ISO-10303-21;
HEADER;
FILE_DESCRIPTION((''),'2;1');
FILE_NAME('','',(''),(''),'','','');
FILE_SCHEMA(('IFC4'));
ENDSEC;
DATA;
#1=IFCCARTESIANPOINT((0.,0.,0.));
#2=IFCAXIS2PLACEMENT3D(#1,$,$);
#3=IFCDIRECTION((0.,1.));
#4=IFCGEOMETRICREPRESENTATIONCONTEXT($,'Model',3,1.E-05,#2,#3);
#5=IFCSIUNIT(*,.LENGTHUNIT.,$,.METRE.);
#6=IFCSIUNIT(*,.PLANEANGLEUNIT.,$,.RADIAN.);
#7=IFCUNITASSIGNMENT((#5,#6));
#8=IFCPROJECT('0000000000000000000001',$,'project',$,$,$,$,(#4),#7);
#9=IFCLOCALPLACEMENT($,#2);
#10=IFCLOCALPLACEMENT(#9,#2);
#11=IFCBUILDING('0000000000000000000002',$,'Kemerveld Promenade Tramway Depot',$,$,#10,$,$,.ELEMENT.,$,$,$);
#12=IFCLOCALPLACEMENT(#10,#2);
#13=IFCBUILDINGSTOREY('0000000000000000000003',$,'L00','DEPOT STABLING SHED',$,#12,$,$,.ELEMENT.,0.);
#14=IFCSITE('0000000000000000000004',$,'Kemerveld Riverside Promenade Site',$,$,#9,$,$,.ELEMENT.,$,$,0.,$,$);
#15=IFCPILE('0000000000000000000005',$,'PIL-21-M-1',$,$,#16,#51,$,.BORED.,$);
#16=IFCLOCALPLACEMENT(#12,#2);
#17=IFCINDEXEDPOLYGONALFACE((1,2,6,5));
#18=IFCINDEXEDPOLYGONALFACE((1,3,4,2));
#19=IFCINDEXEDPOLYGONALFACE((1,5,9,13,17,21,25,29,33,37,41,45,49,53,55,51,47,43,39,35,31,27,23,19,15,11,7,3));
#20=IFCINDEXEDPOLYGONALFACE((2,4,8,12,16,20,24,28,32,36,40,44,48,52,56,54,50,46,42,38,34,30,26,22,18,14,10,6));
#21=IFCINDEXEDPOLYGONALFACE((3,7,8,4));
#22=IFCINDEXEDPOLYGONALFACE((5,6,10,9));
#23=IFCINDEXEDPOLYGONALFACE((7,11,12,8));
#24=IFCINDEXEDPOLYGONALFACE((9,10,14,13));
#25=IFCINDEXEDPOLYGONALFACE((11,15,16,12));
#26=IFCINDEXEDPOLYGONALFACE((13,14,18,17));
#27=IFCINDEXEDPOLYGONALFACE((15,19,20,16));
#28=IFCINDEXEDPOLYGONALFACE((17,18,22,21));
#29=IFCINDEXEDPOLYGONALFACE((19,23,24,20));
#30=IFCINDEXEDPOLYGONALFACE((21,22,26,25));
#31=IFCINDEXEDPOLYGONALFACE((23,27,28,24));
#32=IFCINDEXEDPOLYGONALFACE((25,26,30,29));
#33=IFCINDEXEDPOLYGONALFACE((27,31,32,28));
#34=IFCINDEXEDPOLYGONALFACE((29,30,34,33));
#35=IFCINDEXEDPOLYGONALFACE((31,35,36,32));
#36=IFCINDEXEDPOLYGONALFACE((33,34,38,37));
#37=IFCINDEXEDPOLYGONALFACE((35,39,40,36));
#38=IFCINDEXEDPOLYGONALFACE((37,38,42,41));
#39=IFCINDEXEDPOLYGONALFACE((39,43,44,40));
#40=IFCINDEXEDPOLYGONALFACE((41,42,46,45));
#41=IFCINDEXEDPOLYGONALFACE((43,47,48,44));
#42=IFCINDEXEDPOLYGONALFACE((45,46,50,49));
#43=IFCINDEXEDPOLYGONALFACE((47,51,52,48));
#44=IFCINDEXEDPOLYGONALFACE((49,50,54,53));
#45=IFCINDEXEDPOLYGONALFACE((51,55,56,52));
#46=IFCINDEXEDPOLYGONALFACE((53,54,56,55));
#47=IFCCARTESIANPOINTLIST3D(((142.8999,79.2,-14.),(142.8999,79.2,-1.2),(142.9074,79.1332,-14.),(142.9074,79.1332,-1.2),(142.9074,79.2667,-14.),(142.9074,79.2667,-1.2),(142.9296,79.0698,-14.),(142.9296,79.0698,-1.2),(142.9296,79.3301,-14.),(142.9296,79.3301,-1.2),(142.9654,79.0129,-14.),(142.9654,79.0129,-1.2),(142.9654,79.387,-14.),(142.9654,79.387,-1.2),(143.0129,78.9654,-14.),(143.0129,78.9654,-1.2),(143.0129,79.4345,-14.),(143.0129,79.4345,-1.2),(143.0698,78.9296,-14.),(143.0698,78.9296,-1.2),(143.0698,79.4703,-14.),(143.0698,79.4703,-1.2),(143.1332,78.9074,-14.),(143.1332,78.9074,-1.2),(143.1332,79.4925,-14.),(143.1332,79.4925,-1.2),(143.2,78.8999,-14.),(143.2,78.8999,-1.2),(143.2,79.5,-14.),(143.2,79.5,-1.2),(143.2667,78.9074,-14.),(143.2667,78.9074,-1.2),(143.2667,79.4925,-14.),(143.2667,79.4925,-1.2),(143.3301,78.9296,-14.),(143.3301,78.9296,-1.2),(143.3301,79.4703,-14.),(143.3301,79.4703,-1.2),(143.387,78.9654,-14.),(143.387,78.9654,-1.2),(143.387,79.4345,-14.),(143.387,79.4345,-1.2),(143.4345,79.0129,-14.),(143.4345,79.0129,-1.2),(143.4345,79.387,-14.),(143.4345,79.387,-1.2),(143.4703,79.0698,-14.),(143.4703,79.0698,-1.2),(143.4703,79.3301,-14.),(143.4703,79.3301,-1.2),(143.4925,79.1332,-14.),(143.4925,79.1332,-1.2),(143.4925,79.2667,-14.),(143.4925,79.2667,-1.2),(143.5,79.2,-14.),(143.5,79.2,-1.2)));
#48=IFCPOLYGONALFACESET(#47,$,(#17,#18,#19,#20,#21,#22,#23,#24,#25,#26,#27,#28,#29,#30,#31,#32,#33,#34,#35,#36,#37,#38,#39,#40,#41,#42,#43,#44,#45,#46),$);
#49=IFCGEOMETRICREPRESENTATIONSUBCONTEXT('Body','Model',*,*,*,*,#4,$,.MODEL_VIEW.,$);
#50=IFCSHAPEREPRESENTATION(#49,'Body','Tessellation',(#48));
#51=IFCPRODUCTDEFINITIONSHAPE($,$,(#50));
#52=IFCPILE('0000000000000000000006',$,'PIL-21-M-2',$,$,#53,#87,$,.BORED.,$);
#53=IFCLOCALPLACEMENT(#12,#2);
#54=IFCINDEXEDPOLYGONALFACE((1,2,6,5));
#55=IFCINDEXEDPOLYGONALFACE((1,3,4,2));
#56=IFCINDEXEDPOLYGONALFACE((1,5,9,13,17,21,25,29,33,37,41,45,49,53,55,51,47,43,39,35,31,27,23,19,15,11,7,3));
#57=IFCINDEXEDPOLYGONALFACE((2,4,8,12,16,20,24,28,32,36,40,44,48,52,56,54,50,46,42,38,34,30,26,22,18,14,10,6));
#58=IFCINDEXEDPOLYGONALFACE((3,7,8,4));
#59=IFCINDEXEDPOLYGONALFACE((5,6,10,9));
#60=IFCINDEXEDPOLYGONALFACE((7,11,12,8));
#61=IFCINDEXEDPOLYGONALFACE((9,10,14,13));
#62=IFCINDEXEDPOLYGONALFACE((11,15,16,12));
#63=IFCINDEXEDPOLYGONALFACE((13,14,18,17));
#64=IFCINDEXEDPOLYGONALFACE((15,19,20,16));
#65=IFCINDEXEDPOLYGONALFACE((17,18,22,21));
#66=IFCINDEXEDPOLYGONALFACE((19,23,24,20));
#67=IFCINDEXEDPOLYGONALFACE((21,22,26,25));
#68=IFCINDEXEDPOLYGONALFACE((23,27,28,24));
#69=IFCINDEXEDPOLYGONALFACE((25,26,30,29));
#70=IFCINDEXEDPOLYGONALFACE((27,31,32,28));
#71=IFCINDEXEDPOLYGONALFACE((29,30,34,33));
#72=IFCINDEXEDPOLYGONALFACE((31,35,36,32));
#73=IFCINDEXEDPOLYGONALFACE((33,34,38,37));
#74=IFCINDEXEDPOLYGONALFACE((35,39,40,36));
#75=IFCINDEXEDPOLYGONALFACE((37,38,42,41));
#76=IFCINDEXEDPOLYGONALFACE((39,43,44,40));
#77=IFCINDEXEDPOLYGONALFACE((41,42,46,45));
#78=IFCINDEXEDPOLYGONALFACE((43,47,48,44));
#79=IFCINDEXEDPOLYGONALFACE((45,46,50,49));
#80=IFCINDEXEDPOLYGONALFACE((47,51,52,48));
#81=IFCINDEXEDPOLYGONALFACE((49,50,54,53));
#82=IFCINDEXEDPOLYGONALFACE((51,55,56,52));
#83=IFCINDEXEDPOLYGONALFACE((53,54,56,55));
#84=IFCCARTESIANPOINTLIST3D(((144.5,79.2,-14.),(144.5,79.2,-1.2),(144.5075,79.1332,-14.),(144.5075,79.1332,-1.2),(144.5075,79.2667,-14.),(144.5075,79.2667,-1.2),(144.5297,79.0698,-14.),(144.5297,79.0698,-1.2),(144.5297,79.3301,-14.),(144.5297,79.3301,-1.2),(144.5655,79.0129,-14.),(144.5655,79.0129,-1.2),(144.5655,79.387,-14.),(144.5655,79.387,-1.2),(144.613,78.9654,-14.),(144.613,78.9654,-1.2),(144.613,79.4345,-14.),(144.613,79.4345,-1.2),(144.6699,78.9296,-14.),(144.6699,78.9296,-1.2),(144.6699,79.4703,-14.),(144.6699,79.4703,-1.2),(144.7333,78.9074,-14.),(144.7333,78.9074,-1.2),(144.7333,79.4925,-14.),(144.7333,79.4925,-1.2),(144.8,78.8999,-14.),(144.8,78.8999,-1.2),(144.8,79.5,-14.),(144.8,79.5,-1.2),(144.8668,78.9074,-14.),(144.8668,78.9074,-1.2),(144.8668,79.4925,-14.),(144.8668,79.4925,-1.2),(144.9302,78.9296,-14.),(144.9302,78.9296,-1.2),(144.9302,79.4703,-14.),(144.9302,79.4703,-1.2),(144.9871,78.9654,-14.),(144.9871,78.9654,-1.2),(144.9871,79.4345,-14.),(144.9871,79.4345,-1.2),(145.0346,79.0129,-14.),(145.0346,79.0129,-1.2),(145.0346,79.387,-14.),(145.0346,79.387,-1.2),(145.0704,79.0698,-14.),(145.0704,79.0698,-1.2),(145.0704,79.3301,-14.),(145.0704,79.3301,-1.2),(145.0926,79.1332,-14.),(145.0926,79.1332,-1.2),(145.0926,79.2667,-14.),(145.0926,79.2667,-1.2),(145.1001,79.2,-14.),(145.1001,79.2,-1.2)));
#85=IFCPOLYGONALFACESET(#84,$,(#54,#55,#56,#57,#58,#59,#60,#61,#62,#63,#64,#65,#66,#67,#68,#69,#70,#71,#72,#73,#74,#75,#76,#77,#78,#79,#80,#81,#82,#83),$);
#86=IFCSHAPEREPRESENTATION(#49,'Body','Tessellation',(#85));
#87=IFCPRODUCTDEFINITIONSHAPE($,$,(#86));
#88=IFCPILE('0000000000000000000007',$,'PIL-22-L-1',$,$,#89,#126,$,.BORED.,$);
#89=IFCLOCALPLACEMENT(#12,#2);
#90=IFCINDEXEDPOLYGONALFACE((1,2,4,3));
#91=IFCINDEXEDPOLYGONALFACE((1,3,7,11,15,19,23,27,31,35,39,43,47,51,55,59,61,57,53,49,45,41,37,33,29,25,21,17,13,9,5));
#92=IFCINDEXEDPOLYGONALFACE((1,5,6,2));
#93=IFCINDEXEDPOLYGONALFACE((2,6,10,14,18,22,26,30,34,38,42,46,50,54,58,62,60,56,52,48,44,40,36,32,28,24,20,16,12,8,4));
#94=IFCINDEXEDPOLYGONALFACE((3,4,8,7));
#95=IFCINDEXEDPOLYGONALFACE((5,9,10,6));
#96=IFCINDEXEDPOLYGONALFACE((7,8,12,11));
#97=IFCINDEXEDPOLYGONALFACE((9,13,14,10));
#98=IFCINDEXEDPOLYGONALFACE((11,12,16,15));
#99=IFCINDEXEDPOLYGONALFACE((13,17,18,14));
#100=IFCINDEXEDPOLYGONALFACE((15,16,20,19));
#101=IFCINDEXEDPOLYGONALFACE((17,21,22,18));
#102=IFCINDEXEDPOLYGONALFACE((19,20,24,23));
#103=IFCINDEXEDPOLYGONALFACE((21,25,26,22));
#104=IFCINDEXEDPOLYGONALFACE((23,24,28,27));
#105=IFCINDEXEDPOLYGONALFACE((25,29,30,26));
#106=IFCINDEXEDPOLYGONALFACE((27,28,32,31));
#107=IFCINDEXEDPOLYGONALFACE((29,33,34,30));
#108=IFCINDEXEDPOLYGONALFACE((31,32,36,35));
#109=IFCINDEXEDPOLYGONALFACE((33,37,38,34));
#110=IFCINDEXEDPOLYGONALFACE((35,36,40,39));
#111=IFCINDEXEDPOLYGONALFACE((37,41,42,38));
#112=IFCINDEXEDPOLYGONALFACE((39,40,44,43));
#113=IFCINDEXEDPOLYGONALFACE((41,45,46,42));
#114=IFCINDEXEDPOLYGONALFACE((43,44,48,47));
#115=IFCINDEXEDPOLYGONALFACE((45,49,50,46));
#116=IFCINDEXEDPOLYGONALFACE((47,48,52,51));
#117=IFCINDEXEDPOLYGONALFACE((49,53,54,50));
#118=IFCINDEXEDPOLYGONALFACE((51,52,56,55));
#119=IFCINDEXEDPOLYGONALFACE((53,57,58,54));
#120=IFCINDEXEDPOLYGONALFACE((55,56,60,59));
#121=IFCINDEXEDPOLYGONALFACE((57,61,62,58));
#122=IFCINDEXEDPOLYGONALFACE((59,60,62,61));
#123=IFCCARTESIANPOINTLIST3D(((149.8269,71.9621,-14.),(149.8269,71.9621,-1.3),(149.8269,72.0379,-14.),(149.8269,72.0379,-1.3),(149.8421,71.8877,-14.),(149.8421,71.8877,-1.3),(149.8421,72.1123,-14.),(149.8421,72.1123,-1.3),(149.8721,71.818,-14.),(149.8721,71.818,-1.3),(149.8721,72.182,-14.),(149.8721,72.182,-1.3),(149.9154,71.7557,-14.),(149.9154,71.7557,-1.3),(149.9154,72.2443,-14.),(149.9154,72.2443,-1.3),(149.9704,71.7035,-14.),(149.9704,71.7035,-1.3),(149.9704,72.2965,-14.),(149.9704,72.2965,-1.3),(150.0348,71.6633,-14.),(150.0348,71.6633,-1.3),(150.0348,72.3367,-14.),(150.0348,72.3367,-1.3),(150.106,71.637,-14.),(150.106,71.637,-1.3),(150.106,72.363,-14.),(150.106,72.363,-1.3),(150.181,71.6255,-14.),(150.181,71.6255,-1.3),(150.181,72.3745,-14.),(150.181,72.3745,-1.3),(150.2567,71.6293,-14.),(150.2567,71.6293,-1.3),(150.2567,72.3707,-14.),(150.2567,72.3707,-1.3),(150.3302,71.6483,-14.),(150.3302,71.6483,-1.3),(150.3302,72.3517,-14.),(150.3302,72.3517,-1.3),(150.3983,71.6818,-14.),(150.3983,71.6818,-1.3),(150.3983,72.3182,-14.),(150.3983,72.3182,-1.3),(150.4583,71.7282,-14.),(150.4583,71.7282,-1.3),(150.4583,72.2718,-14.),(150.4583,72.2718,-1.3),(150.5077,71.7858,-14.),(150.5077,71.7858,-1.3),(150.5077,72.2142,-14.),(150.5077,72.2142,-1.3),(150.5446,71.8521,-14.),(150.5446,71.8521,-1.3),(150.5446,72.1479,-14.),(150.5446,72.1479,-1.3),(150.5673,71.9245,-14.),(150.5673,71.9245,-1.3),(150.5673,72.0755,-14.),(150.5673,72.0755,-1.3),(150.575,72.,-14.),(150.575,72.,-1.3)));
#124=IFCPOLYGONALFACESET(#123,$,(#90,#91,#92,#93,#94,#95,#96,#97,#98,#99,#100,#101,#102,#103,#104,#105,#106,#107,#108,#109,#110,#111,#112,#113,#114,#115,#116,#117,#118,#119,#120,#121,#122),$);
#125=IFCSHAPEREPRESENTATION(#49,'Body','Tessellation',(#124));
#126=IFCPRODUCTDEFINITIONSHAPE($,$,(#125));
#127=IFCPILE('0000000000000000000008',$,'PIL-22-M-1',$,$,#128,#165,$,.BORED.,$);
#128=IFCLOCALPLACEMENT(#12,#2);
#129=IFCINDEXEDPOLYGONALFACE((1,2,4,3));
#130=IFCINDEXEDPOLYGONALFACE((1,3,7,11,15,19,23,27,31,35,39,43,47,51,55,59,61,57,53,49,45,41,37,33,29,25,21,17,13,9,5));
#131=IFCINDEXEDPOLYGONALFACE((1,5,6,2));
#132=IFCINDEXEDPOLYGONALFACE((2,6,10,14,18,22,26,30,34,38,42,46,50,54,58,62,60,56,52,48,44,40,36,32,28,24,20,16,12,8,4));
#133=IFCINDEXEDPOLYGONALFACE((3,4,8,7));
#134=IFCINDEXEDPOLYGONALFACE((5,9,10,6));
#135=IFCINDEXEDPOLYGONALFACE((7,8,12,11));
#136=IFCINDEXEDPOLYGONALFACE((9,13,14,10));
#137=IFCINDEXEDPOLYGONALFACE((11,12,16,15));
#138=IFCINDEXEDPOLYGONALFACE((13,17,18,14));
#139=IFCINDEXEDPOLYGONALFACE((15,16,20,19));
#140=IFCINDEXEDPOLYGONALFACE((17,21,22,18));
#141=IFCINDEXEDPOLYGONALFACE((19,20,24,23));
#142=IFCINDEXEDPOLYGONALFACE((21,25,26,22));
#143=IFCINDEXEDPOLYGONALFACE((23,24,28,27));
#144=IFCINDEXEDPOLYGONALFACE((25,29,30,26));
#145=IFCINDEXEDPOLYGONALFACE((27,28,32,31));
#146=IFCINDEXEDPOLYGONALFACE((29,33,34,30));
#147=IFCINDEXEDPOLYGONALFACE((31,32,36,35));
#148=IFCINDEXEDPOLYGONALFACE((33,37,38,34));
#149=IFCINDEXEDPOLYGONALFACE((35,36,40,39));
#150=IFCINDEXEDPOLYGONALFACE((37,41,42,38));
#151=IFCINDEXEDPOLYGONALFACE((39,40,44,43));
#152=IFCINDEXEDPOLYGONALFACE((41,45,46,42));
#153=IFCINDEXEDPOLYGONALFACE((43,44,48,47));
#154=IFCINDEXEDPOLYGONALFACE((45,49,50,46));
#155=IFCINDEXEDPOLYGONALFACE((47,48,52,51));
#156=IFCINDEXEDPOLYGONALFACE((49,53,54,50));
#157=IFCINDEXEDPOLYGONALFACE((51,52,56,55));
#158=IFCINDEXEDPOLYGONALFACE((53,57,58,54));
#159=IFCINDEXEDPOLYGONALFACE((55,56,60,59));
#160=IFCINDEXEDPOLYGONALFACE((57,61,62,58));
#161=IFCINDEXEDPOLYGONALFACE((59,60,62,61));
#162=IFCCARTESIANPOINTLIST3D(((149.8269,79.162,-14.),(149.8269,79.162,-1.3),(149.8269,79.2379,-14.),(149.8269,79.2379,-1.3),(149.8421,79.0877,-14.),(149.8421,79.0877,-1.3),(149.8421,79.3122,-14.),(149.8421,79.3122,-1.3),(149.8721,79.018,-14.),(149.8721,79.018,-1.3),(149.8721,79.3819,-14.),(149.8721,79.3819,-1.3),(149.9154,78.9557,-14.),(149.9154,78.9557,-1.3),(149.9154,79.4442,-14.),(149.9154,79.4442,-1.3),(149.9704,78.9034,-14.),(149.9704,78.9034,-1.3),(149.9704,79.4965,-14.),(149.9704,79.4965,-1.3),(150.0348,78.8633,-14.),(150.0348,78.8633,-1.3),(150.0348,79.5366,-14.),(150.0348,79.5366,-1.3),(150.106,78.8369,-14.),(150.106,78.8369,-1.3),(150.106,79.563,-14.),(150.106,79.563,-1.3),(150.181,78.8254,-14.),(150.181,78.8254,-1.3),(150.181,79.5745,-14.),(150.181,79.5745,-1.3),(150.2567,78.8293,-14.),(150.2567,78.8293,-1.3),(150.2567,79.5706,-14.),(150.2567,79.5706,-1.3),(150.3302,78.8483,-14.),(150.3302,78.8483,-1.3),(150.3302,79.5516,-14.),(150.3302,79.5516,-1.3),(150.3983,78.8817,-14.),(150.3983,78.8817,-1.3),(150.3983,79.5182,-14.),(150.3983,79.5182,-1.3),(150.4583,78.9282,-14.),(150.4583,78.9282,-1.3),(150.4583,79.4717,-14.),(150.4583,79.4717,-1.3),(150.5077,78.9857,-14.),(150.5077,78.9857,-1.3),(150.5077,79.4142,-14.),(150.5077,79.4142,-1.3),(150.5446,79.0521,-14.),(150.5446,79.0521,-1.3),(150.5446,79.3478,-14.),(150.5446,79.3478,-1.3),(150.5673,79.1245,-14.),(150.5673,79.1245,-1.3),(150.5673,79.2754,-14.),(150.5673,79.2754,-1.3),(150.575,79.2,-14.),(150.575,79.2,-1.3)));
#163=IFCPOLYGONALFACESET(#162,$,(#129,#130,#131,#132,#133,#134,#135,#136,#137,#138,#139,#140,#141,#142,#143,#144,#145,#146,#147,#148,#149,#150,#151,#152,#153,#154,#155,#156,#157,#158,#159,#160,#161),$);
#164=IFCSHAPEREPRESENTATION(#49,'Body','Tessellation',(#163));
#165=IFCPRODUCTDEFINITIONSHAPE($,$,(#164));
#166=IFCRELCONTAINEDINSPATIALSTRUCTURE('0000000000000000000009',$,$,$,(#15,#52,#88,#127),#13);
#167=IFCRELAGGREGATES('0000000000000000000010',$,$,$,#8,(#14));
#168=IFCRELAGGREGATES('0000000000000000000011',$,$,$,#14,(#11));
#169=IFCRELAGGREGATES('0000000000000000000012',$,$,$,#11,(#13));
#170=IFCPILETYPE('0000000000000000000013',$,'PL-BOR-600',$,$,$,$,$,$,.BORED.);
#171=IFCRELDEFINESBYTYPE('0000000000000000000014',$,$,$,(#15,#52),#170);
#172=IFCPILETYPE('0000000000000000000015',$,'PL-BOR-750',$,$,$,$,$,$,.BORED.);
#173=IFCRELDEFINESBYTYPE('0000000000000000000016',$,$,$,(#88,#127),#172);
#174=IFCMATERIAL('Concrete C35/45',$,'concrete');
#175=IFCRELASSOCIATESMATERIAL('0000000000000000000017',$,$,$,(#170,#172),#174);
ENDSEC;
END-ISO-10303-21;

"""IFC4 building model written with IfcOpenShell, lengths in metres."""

from ifc_helpers import new_model, si_unit, direction, frame, origin, origin_2d, place, context, subcontext, project, spatial, circle, extrude, material, material_profile, profile_set, type_object, element, save


model = new_model("IFC4")

# Units and contexts
model_context = context("Model", 3, precision=1e-05, world=origin(), true_north=direction((0.0, 1.0)))
body_context = subcontext(model_context, "Body", "Model", "MODEL_VIEW")
ifc_project = project(units=[si_unit("LENGTHUNIT", "METRE"), si_unit("PLANEANGLEUNIT", "RADIAN")], contexts=[model_context])

# Site, building, storey
site_placement = place(None, origin())
site = spatial("IfcSite", under=ifc_project, at=site_placement, Name="Kemerveld Riverside Promenade Site", CompositionType="ELEMENT", RefElevation=0.0)
building_placement = place(site_placement, origin())
building = spatial("IfcBuilding", under=site, at=building_placement, Name="Kemerveld Promenade Tramway Depot", CompositionType="ELEMENT")
storey_placement = place(building_placement, origin())
storey = spatial("IfcBuildingStorey", under=building, at=storey_placement, Name="L00", Description="DEPOT STABLING SHED", CompositionType="ELEMENT", Elevation=0.0)

# Shared definitions
ifc_material_1 = material(Name="Concrete C35/45", Category="concrete")

# Piles
ifc_material_profile_1 = material_profile(ifc_material_1, circle(Radius=0.3, at=origin_2d()), Name="PILE-D600")
ifc_profile_set_1 = profile_set([ifc_material_profile_1], Name="Concrete C35/45")
pile_type_1 = type_object("IfcPileType", Name="PL-BOR-600", PredefinedType="BORED", material=ifc_profile_set_1)
for number, where, z_axis, x_axis, name in (
    (1, (143.2, 79.2, -1.2), (0.0, 0.0, -1.0), (1.0, 0.0, 0.0), "PIL-21-M-1"),
    (2, (144.8, 79.2, -1.2), (0.0, 0.0, -1.0), (1.0, 0.0, 0.0), "PIL-21-M-2"),
):
    element("IfcPile", number, at=place(storey_placement, frame(where, z_axis=z_axis, x_axis=x_axis)), inside=storey, type_object=pile_type_1, Name=name, PredefinedType="BORED", context=body_context, shape_type="SweptSolid", body=[
        extrude(circle(Radius=0.3, at=origin_2d()), origin(), (0.0, 0.0, 1.0), 12.8),
    ])
ifc_material_profile_2 = material_profile(ifc_material_1, circle(Radius=0.375, at=origin_2d()), Name="PILE-D750")
ifc_profile_set_2 = profile_set([ifc_material_profile_2], Name="Concrete C35/45")
pile_type_2 = type_object("IfcPileType", Name="PL-BOR-750", PredefinedType="BORED", material=ifc_profile_set_2)
for number, where, z_axis, x_axis, name in (
    (3, (150.2, 72.0, -1.3), (0.0, 0.0, -1.0), (1.0, 0.0, 0.0), "PIL-22-L-1"),
    (4, (150.2, 79.2, -1.3), (0.0, 0.0, -1.0), (1.0, 0.0, 0.0), "PIL-22-M-1"),
):
    element("IfcPile", number, at=place(storey_placement, frame(where, z_axis=z_axis, x_axis=x_axis)), inside=storey, type_object=pile_type_2, Name=name, PredefinedType="BORED", context=body_context, shape_type="SweptSolid", body=[
        extrude(circle(Radius=0.375, at=origin_2d()), origin(), (0.0, 0.0, 1.0), 12.7),
    ])

save(model, "model.ifc")
